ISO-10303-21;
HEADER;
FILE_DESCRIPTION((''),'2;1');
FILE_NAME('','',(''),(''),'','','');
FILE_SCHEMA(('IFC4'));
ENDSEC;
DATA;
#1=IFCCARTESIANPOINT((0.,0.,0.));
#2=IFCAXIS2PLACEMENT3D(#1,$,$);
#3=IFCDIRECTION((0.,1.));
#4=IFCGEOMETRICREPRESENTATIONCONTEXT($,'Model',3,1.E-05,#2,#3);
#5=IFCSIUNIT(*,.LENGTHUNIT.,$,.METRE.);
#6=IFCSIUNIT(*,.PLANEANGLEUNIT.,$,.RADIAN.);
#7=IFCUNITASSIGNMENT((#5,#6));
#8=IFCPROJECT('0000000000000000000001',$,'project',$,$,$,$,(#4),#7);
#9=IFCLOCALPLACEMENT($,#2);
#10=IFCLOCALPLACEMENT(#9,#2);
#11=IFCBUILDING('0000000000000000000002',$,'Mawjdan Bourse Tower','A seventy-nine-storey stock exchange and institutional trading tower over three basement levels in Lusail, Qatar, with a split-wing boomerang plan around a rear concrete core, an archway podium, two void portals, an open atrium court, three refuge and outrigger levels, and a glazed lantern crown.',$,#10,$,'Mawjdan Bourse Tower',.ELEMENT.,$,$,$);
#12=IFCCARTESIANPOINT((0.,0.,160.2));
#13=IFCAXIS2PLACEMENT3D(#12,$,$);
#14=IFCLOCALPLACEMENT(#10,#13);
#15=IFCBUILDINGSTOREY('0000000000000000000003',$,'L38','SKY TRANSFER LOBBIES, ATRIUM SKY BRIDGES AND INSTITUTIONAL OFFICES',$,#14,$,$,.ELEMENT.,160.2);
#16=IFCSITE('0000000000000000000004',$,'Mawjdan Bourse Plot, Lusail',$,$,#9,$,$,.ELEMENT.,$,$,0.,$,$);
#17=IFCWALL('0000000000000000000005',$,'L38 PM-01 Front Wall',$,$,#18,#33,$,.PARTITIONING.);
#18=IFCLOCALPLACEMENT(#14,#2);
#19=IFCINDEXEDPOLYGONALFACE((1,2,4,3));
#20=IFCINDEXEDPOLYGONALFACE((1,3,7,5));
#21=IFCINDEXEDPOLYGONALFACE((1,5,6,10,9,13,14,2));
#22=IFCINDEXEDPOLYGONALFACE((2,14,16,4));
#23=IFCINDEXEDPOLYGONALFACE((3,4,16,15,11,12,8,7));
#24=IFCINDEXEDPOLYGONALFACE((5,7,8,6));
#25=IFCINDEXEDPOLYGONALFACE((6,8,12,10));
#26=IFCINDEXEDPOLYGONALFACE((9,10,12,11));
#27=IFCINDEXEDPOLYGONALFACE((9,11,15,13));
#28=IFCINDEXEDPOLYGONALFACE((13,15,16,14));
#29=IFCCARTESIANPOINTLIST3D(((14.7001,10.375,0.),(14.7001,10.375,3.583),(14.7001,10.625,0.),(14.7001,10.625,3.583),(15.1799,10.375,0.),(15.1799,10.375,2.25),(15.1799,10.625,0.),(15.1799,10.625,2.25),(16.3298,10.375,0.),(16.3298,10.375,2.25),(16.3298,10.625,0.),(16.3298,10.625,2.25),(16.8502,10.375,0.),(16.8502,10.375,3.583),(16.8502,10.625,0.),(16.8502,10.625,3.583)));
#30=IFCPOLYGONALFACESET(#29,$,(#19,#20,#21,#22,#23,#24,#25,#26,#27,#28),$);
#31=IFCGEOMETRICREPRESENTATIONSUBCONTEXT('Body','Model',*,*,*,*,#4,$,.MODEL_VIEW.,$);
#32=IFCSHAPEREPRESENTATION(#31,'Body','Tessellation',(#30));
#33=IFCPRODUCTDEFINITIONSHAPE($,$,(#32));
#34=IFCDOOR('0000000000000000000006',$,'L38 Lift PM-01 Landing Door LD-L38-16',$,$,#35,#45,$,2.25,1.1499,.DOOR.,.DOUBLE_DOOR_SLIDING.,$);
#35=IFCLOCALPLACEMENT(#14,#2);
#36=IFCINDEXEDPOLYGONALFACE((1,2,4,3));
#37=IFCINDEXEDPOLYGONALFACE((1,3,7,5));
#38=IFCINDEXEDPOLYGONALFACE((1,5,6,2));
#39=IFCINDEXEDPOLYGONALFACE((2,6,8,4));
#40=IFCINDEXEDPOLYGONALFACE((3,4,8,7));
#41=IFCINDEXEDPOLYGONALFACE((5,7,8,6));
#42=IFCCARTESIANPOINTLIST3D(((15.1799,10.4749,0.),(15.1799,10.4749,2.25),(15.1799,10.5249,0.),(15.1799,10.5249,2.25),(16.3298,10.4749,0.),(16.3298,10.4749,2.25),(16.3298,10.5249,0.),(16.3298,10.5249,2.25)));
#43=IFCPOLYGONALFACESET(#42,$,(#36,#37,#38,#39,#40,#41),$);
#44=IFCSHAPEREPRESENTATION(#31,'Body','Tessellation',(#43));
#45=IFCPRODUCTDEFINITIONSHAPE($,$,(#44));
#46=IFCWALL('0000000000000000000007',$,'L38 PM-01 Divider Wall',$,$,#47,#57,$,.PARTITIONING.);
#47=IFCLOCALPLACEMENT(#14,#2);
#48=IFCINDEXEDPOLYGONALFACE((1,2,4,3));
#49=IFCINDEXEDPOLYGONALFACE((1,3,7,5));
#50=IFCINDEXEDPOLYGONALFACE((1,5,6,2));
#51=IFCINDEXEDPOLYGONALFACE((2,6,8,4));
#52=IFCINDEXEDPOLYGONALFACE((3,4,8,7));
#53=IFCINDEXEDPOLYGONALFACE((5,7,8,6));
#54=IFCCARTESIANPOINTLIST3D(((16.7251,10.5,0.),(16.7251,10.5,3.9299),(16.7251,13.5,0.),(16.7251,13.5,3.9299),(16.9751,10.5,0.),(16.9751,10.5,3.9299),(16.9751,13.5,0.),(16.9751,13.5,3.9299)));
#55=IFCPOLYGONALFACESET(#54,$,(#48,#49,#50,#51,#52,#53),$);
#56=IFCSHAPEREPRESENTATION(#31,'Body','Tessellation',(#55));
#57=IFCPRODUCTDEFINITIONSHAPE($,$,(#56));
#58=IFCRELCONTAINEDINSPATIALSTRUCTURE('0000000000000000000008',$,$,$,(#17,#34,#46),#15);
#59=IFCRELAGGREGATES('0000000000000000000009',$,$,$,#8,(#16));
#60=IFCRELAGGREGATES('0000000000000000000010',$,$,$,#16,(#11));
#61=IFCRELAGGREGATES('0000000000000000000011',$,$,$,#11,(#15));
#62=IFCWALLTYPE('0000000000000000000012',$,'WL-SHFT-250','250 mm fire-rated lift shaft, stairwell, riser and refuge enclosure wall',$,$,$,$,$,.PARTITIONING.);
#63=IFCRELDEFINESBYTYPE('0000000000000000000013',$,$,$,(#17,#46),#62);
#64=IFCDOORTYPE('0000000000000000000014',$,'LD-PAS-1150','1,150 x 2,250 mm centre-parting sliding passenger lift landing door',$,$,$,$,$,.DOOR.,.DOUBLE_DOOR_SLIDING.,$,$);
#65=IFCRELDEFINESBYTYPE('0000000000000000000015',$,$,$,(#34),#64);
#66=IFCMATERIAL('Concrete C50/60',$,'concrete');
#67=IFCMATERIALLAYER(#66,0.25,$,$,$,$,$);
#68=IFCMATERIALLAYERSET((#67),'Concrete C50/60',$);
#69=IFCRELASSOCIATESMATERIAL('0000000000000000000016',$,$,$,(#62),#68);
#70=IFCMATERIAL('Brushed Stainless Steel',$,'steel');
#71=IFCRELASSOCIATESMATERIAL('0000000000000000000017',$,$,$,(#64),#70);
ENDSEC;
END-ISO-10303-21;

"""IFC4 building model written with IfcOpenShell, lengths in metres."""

from ifc_helpers import new_model, si_unit, direction, frame, frame_2d, origin, place, context, subcontext, project, spatial, rectangle, extrude, material, layer, layer_set, type_object, element, fill, save


model = new_model("IFC4")

# Units and contexts
model_context = context("Model", 3, precision=1e-05, world=origin(), true_north=direction((0.0, 1.0)))
body_context = subcontext(model_context, "Body", "Model", "MODEL_VIEW")
ifc_project = project(units=[si_unit("LENGTHUNIT", "METRE"), si_unit("PLANEANGLEUNIT", "RADIAN")], contexts=[model_context])

# Site, building, storey
site_placement = place(None, origin())
site = spatial("IfcSite", under=ifc_project, at=site_placement, Name="Mawjdan Bourse Plot, Lusail", CompositionType="ELEMENT", RefElevation=0.0)
building_placement = place(site_placement, origin())
building = spatial("IfcBuilding", under=site, at=building_placement, Name="Mawjdan Bourse Tower", Description="A seventy-nine-storey stock exchange and institutional trading tower over three basement levels in Lusail, Qatar, with a split-wing boomerang plan around a rear concrete core, an archway podium, two void portals, an open atrium court, three refuge and outrigger levels, and a glazed lantern crown.", LongName="Mawjdan Bourse Tower", CompositionType="ELEMENT")
storey_placement = place(building_placement, frame((0.0, 0.0, 160.2)))
storey = spatial("IfcBuildingStorey", under=building, at=storey_placement, Name="L38", Description="SKY TRANSFER LOBBIES, ATRIUM SKY BRIDGES AND INSTITUTIONAL OFFICES", CompositionType="ELEMENT", Elevation=160.2)

# Shared definitions
ifc_material_1 = material(Name="Concrete C50/60", Category="concrete")
ifc_layer_1 = layer(ifc_material_1, 0.25)
ifc_layer_set_1 = layer_set([ifc_layer_1], Name="Concrete C50/60")
wall_type_1 = type_object("IfcWallType", Name="WL-SHFT-250", Description="250 mm fire-rated lift shaft, stairwell, riser and refuge enclosure wall", PredefinedType="PARTITIONING", material=ifc_layer_set_1)
ifc_material_2 = material(Name="Brushed Stainless Steel", Category="steel")

# Wall, opening, door
wall_1_placement = place(storey_placement, frame((14.7, 10.5, 0.0), z_axis=(0.0, 0.0, 1.0), x_axis=(1.0, 0.0, 0.0)))
wall_1 = element("IfcWall", 1, at=wall_1_placement, inside=storey, type_object=wall_type_1, Name="L38 PM-01 Front Wall", PredefinedType="PARTITIONING", context=body_context, shape_type="SweptSolid", body=[
    extrude(rectangle(XDim=2.1501, YDim=0.25, at=frame_2d((1.0752, 0.0))), origin(), (0.0, 0.0, 1.0), 3.583),
])
opening_1_placement = place(wall_1_placement, frame((0.48, 0.0, 0.0)))
opening_1 = element("IfcOpeningElement", 2, at=opening_1_placement, cuts=wall_1, PredefinedType="OPENING", context=body_context, shape_type="SweptSolid", body=[
    extrude(rectangle(XDim=1.1499, YDim=2.25, at=frame_2d((0.575, 1.125))), frame((0.0, 0.135, 0.0), z_axis=(0.0, -1.0, 0.0), x_axis=(1.0, 0.0, 0.0)), (0.0, 0.0, 1.0), 0.27),
])
door_type_1 = type_object("IfcDoorType", Name="LD-PAS-1150", Description="1,150 x 2,250 mm centre-parting sliding passenger lift landing door", OperationType="DOUBLE_DOOR_SLIDING", PredefinedType="DOOR", material=ifc_material_2)
door_1_placement = place(opening_1_placement, origin())
door_1 = element("IfcDoor", 3, at=door_1_placement, inside=storey, type_object=door_type_1, Name="L38 Lift PM-01 Landing Door LD-L38-16", OperationType="DOUBLE_DOOR_SLIDING", OverallHeight=2.25, OverallWidth=1.1499, PredefinedType="DOOR", context=body_context, shape_type="SweptSolid", body=[
    extrude(rectangle(XDim=1.1499, YDim=2.25, at=frame_2d((0.575, 1.125))), frame((0.0, 0.0249, 0.0), z_axis=(0.0, -1.0, 0.0), x_axis=(1.0, 0.0, 0.0)), (0.0, 0.0, 1.0), 0.05),
])
fill(opening_1, door_1)

# Wall
wall_2_placement = place(storey_placement, frame((16.8501, 10.5, 0.0), z_axis=(0.0, 0.0, 1.0), x_axis=(0.0, 1.0, 0.0)))
element("IfcWall", 4, at=wall_2_placement, inside=storey, type_object=wall_type_1, Name="L38 PM-01 Divider Wall", PredefinedType="PARTITIONING", context=body_context, shape_type="SweptSolid", body=[
    extrude(rectangle(XDim=3.0, YDim=0.25, at=frame_2d((1.5, 0.0))), origin(), (0.0, 0.0, 1.0), 3.9299),
])

save(model, "model.ifc")
